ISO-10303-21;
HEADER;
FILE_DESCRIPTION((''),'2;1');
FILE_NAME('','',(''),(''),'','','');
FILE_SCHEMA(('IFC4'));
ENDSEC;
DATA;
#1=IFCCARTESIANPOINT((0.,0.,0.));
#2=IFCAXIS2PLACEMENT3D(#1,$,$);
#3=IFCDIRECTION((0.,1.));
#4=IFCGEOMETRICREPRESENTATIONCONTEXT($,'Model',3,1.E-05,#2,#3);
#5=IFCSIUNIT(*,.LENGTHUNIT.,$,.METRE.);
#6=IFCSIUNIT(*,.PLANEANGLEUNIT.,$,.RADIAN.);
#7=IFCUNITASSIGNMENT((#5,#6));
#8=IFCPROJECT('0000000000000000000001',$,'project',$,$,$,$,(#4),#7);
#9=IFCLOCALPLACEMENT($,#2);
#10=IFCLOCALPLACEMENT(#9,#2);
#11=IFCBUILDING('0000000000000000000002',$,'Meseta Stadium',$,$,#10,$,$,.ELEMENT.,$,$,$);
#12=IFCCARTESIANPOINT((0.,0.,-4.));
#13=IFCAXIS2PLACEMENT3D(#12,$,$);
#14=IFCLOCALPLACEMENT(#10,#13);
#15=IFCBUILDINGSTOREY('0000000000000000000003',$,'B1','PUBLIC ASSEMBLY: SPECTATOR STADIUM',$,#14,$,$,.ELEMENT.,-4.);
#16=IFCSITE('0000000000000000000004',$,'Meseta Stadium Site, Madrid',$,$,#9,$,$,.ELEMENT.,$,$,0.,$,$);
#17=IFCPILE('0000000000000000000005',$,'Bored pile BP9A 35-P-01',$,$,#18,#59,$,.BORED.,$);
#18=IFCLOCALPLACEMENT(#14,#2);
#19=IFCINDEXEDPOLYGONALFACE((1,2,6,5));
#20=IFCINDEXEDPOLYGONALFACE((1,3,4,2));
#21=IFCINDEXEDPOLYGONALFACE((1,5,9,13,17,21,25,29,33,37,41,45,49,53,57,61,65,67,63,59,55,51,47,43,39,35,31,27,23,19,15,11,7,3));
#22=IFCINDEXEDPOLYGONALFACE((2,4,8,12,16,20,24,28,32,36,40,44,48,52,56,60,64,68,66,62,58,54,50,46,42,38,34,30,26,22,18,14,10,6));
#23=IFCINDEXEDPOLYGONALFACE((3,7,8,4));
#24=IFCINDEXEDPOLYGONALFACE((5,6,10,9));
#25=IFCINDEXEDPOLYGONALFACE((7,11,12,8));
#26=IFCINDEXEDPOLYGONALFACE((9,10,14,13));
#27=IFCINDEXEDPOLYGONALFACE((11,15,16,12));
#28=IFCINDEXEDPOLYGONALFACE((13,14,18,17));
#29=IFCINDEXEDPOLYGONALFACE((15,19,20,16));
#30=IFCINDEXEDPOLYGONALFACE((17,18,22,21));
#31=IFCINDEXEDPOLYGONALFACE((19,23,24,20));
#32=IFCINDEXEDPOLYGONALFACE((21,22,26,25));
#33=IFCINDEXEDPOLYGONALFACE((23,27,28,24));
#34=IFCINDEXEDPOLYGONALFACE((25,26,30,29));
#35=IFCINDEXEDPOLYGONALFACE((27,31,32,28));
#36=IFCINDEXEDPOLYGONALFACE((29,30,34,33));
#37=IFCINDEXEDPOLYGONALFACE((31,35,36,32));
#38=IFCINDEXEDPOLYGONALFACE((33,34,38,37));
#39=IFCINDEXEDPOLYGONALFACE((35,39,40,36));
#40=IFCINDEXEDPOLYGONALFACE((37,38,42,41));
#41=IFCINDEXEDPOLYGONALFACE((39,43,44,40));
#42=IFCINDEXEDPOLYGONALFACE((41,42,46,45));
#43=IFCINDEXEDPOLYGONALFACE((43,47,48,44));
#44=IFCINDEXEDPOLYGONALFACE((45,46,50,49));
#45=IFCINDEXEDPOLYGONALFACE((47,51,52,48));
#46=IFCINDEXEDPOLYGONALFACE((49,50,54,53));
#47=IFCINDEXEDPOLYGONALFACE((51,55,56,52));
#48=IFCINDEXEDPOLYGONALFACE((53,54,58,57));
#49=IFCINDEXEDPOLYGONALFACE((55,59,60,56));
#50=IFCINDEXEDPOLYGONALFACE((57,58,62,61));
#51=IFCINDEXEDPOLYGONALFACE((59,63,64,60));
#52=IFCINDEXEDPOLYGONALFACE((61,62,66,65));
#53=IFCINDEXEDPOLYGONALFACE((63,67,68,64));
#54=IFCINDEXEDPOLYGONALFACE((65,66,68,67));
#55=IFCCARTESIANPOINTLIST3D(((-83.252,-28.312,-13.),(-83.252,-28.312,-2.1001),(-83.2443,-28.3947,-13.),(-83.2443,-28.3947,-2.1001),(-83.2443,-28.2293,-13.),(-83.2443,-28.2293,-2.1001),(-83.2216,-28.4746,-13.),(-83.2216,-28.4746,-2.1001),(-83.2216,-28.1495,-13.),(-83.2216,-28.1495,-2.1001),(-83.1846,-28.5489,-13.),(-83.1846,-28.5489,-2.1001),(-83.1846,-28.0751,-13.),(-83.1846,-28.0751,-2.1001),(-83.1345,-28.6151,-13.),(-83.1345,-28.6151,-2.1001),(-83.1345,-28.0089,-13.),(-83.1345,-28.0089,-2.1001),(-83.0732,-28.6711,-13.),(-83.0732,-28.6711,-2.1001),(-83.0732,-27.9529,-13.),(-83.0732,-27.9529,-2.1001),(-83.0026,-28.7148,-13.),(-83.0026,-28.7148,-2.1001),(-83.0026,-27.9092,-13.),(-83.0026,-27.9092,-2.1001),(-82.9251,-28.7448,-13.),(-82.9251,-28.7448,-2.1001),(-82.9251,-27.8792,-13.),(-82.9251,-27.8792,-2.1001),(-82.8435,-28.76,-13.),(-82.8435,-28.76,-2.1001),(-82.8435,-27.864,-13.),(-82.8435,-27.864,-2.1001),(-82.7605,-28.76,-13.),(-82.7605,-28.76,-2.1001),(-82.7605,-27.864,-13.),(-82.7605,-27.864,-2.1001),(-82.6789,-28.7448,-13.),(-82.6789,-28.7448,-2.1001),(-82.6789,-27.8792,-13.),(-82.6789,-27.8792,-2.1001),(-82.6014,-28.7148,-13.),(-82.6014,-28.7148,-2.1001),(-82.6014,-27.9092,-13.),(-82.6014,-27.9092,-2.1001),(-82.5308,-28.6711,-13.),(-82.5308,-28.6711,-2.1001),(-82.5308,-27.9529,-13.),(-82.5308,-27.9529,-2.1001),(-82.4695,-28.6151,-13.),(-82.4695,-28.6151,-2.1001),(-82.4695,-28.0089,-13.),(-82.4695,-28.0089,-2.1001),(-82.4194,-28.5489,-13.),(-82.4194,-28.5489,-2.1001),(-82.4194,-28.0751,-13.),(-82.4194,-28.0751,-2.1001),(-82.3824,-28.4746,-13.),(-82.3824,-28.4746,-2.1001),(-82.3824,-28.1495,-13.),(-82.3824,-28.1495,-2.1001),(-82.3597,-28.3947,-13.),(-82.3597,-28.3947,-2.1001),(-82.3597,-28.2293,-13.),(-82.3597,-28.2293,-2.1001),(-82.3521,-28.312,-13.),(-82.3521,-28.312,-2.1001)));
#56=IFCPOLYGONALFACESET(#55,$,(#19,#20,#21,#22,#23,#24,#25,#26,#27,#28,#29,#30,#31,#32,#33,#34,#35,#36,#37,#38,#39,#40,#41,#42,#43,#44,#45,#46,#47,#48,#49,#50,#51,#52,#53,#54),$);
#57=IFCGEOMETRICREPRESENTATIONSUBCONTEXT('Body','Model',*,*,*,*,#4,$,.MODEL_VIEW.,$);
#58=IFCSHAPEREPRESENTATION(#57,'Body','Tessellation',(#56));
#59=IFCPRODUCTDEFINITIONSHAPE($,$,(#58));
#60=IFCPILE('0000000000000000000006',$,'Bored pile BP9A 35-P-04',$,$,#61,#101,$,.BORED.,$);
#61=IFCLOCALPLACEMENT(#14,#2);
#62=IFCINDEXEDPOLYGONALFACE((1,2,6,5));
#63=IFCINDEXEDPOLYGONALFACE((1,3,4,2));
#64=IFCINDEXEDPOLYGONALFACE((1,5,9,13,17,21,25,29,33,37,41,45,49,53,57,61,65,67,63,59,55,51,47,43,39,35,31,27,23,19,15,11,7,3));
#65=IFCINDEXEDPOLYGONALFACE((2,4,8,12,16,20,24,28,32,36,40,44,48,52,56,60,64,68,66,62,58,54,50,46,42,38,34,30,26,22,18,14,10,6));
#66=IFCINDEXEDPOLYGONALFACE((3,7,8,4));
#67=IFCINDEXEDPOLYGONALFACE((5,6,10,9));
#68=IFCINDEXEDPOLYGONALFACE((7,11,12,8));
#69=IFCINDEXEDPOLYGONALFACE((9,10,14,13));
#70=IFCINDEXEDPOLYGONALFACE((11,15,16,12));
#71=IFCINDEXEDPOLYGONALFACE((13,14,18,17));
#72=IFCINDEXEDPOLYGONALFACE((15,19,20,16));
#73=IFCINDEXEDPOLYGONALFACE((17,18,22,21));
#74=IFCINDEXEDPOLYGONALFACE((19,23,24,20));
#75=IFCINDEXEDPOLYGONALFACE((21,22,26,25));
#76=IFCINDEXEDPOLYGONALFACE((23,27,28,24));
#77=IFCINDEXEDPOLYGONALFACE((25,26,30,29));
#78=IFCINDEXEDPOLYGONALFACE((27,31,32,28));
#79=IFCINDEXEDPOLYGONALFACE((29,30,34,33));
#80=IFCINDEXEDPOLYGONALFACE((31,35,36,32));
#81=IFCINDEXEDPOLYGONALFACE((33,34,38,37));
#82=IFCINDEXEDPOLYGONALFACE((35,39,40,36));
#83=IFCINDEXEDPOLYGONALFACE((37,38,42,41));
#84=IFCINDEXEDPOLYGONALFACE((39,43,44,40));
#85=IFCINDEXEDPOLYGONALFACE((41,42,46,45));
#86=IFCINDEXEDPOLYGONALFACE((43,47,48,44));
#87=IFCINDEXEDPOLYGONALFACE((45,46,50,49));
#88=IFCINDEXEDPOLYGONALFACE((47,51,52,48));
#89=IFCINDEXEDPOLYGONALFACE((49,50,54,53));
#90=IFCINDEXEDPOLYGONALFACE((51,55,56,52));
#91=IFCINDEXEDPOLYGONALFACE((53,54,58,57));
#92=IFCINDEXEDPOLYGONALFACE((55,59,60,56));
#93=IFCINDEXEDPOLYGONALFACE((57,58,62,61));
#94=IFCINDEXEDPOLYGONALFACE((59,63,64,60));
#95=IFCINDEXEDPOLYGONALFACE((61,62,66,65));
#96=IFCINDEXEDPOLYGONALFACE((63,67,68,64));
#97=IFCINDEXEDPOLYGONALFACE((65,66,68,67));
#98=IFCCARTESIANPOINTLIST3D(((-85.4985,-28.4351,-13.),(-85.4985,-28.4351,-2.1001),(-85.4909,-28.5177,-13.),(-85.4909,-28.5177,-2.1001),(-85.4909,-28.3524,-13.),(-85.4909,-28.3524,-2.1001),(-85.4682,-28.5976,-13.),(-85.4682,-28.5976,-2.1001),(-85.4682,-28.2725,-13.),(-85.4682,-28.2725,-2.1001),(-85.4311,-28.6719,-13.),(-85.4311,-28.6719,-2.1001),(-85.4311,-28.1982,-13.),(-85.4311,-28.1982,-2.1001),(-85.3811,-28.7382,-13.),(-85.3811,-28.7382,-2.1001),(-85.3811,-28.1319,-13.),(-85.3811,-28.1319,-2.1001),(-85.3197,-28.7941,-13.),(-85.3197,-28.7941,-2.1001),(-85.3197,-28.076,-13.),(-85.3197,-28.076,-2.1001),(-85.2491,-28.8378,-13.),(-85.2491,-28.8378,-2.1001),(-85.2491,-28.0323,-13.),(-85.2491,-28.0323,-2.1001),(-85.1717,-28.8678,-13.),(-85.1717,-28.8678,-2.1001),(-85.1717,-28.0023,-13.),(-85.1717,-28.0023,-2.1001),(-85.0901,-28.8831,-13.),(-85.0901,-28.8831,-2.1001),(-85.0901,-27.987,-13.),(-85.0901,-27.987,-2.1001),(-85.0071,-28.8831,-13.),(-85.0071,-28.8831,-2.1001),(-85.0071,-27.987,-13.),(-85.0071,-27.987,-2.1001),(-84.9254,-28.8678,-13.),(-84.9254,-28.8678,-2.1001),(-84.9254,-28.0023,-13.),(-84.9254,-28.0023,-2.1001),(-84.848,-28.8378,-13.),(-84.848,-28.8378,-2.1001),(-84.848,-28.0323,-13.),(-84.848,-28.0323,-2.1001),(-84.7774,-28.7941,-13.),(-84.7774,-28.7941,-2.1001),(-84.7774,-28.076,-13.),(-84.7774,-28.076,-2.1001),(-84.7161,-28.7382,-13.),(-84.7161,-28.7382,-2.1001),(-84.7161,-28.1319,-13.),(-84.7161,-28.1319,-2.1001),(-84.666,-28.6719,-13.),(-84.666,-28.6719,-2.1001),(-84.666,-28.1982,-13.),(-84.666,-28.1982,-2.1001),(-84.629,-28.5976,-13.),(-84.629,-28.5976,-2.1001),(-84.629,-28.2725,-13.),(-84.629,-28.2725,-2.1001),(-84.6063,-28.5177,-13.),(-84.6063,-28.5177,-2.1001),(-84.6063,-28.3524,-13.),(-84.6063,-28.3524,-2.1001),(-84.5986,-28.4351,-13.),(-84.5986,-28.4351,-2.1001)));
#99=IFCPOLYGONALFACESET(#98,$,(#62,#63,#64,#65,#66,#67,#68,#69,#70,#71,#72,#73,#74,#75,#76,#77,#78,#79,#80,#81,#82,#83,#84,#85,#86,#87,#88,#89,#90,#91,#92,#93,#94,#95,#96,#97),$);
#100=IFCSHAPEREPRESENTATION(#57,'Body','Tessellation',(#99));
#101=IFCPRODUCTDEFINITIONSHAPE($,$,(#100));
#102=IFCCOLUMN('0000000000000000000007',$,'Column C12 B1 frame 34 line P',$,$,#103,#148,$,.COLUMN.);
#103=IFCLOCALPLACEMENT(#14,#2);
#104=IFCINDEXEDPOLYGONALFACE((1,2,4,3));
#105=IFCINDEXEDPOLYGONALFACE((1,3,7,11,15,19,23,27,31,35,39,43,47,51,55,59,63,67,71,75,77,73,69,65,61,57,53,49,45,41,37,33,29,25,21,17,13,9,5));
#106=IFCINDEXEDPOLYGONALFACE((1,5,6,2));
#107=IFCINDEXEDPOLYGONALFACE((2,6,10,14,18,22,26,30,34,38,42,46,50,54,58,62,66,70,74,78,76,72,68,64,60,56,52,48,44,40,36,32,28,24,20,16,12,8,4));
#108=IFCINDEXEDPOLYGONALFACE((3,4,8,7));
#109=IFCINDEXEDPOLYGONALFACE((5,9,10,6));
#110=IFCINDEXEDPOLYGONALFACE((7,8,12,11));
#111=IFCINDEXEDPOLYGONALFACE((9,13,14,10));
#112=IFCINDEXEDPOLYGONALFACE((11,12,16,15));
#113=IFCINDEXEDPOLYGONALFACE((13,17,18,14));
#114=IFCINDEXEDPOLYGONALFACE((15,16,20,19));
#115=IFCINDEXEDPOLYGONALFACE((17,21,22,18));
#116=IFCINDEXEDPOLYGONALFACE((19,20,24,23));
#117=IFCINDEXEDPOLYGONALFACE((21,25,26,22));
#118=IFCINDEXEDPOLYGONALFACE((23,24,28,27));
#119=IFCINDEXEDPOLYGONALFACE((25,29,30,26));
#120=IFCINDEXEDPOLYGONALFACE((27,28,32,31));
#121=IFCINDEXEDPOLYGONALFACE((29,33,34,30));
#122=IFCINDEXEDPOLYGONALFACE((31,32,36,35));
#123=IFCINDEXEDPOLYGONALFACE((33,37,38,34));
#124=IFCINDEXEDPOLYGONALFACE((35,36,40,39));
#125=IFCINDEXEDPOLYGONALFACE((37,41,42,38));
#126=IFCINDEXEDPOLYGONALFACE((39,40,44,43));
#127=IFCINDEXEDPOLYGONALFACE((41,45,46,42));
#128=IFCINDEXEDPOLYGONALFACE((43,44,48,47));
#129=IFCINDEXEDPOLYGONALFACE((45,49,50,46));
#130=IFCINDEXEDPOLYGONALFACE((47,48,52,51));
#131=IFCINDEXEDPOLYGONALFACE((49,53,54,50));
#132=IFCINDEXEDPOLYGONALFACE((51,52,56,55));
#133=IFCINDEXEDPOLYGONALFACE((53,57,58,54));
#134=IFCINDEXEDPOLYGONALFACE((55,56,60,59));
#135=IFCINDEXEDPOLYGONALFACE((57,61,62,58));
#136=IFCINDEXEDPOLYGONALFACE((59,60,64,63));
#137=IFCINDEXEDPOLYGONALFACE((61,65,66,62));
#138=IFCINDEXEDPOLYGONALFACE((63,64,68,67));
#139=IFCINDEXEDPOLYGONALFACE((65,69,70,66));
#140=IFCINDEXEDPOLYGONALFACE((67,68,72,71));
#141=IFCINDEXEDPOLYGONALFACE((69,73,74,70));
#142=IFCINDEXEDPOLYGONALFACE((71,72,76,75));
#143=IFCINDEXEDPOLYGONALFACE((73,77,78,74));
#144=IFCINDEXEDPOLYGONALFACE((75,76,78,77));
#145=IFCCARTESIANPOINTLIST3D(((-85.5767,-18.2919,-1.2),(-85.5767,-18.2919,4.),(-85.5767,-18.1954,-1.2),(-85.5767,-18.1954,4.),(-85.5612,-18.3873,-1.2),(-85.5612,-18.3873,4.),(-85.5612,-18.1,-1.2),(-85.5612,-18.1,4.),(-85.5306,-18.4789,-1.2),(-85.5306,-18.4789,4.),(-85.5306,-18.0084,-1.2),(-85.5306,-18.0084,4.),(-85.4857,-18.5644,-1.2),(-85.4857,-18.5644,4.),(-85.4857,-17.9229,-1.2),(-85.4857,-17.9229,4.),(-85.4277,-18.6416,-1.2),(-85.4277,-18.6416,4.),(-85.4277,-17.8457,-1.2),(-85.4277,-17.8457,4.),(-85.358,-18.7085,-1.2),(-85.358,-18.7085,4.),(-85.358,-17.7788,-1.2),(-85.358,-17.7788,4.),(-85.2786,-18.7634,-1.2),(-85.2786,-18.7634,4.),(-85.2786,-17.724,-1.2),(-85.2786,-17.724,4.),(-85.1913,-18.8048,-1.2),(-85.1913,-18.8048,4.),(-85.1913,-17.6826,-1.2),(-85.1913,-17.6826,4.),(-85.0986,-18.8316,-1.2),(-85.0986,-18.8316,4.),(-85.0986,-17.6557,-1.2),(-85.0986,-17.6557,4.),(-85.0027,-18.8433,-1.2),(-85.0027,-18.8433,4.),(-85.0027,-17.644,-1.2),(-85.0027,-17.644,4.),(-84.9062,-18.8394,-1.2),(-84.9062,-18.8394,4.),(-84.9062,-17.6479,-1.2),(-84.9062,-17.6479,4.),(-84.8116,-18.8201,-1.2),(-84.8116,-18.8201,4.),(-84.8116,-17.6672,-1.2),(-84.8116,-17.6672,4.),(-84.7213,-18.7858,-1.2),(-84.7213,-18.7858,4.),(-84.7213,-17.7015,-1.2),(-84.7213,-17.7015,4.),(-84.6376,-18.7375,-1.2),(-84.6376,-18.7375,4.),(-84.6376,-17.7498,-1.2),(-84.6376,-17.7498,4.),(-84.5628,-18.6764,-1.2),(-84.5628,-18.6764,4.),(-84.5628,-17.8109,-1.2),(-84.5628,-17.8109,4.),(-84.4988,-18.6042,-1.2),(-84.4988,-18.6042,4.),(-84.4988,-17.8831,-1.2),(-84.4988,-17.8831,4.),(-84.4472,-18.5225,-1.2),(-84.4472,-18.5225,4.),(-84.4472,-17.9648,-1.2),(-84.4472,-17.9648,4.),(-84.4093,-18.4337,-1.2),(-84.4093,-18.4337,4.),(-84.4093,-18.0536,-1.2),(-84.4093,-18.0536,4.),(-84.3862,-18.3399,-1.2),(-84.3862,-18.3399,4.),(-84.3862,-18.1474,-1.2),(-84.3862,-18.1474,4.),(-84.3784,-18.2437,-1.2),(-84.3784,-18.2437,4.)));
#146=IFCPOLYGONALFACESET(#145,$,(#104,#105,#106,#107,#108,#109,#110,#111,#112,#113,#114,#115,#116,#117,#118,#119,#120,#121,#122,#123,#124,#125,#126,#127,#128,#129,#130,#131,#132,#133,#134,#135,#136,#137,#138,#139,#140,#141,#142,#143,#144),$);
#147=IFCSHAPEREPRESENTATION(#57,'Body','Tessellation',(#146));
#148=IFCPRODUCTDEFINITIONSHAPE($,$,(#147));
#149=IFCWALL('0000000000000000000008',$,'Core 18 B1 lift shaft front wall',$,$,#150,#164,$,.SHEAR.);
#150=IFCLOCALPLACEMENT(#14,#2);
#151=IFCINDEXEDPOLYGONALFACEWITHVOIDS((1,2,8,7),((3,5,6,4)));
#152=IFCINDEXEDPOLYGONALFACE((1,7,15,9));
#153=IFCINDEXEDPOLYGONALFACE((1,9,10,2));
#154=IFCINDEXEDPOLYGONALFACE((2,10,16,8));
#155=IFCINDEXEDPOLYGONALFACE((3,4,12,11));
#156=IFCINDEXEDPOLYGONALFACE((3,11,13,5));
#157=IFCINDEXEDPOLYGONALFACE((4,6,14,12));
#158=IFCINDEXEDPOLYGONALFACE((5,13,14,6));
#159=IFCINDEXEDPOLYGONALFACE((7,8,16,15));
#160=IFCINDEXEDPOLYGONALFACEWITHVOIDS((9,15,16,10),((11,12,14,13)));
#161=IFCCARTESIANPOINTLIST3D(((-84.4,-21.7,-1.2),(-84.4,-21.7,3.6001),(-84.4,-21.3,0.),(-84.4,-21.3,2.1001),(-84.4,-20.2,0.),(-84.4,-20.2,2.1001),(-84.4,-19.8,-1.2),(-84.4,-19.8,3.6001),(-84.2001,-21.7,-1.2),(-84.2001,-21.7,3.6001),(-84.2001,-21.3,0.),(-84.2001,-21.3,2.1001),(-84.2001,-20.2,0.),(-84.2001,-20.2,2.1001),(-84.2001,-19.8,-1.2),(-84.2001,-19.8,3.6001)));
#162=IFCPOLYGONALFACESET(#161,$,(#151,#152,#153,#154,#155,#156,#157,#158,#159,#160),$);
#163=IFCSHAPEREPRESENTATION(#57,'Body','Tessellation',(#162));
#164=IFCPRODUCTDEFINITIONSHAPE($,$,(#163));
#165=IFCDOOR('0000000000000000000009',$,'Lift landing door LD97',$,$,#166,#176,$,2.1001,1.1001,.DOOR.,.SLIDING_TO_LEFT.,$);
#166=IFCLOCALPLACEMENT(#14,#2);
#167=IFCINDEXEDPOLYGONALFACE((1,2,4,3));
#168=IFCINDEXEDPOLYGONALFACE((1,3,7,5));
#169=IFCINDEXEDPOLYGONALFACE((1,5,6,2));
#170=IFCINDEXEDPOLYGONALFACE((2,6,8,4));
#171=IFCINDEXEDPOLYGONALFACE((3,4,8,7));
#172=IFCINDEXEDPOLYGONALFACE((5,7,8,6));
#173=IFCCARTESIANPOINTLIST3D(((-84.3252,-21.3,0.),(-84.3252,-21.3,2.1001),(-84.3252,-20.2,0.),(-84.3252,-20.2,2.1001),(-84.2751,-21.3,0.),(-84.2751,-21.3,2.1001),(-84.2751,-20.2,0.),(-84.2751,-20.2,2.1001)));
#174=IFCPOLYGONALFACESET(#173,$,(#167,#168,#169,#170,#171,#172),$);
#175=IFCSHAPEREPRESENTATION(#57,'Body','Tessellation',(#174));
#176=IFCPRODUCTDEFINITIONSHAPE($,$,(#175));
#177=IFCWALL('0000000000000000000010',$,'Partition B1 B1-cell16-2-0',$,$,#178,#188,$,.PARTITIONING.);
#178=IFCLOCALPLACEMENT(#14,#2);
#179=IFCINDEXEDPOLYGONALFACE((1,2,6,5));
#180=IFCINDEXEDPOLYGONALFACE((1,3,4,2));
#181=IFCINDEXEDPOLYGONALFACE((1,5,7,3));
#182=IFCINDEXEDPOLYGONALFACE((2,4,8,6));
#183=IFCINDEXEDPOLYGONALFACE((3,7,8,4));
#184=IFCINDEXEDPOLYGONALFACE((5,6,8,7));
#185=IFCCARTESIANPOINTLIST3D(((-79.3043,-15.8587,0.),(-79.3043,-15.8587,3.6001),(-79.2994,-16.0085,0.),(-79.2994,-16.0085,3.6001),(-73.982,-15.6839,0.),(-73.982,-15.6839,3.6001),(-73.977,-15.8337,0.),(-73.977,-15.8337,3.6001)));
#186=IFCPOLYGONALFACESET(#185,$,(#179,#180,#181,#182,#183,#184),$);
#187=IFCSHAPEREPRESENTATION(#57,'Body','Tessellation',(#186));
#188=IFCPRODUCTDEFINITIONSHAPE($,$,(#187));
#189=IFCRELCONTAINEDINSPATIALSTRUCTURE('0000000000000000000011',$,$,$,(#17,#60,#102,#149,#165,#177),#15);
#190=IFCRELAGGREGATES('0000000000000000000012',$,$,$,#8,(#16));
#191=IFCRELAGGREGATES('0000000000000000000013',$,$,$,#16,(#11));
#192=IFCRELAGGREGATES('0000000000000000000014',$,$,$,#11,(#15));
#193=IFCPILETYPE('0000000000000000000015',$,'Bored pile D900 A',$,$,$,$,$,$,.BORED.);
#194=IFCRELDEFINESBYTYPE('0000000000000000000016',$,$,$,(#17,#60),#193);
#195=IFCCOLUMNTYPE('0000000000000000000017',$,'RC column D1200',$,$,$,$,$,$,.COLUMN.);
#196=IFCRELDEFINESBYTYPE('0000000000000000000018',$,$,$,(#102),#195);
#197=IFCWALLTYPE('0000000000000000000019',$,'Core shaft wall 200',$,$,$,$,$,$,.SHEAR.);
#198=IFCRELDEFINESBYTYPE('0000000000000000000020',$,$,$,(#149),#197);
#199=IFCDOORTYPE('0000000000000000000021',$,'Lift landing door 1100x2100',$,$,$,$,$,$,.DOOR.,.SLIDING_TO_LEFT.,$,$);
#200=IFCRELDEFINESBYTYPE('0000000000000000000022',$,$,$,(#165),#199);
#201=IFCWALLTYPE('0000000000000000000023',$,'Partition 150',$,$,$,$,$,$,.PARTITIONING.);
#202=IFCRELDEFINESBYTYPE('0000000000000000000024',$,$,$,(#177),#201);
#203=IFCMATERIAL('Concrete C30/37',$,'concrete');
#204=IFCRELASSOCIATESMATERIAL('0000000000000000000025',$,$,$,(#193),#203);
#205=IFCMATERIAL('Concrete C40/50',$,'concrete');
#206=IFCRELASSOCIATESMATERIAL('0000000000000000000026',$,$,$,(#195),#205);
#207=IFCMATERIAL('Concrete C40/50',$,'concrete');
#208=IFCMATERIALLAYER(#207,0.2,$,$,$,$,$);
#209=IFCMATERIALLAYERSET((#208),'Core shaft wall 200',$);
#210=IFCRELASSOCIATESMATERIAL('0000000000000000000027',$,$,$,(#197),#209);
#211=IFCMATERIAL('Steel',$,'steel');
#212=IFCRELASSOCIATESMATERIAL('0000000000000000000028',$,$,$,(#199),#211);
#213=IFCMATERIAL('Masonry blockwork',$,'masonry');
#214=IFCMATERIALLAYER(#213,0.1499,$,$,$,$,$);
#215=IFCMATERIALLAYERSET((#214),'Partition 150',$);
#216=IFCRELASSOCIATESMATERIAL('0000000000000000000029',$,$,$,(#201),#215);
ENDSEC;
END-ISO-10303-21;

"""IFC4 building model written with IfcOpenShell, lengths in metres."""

from ifc_helpers import new_model, si_unit, direction, frame, frame_2d, origin, origin_2d, place, context, subcontext, project, spatial, rectangle, circle, extrude, material, layer, layer_set, material_profile, profile_set, type_object, element, fill, save


model = new_model("IFC4")

# Units and contexts
model_context = context("Model", 3, precision=1e-05, world=origin(), true_north=direction((0.0, 1.0)))
body_context = subcontext(model_context, "Body", "Model", "MODEL_VIEW")
ifc_project = project(units=[si_unit("LENGTHUNIT", "METRE"), si_unit("PLANEANGLEUNIT", "RADIAN")], contexts=[model_context])

# Site, building, storey
site_placement = place(None, origin())
site = spatial("IfcSite", under=ifc_project, at=site_placement, Name="Meseta Stadium Site, Madrid", CompositionType="ELEMENT", RefElevation=0.0)
building_placement = place(site_placement, origin())
building = spatial("IfcBuilding", under=site, at=building_placement, Name="Meseta Stadium", CompositionType="ELEMENT")
storey_placement = place(building_placement, frame((0.0, 0.0, -4.0)))
storey = spatial("IfcBuildingStorey", under=building, at=storey_placement, Name="B1", Description="PUBLIC ASSEMBLY: SPECTATOR STADIUM", CompositionType="ELEMENT", Elevation=-4.0)

# Piles
ifc_material_1 = material(Name="Concrete C30/37", Category="concrete")
ifc_material_profile_1 = material_profile(ifc_material_1, circle(Radius=0.45, at=origin_2d()), Name="D900")
ifc_profile_set_1 = profile_set([ifc_material_profile_1], Name="Concrete C30/37")
pile_type = type_object("IfcPileType", Name="Bored pile D900 A", PredefinedType="BORED", material=ifc_profile_set_1)
for number, where, z_axis, x_axis, name in (
    (1, (-82.802, -28.312, -2.1001), (0.0, 0.0, -1.0), (1.0, 0.0, 0.0), "Bored pile BP9A 35-P-01"),
    (2, (-85.0486, -28.4351, -2.1001), (0.0, 0.0, -1.0), (1.0, 0.0, 0.0), "Bored pile BP9A 35-P-04"),
):
    element("IfcPile", number, at=place(storey_placement, frame(where, z_axis=z_axis, x_axis=x_axis)), inside=storey, type_object=pile_type, Name=name, PredefinedType="BORED", context=body_context, shape_type="SweptSolid", body=[
        extrude(circle(Radius=0.45, at=origin_2d()), origin(), (0.0, 0.0, 1.0), 10.8999),
    ])

# Column
ifc_material_2 = material(Name="Concrete C40/50", Category="concrete")
ifc_material_profile_2 = material_profile(ifc_material_2, circle(Radius=0.6001, at=origin_2d()), Name="RC D1200")
ifc_profile_set_2 = profile_set([ifc_material_profile_2], Name="Concrete C40/50")
column_type = type_object("IfcColumnType", Name="RC column D1200", PredefinedType="COLUMN", material=ifc_profile_set_2)
column_placement = place(storey_placement, frame((-84.9785, -18.2437, -1.2), z_axis=(0.0, 0.0, 1.0), x_axis=(1.0, 0.0, 0.0)))
element("IfcColumn", 3, at=column_placement, inside=storey, type_object=column_type, Name="Column C12 B1 frame 34 line P", PredefinedType="COLUMN", context=body_context, shape_type="SweptSolid", body=[
    extrude(circle(Radius=0.6001, at=origin_2d()), origin(), (0.0, 0.0, 1.0), 5.2),
])

# Wall, opening, door
ifc_material_3 = material(Name="Concrete C40/50", Category="concrete")
ifc_layer_1 = layer(ifc_material_3, 0.2)
ifc_layer_set_1 = layer_set([ifc_layer_1], Name="Core shaft wall 200")
wall_type_1 = type_object("IfcWallType", Name="Core shaft wall 200", PredefinedType="SHEAR", material=ifc_layer_set_1)
wall_1_placement = place(storey_placement, frame((-84.3, -19.8, -1.2), z_axis=(0.0, 0.0, 1.0), x_axis=(0.0, -1.0, 0.0)))
wall_1 = element("IfcWall", 4, at=wall_1_placement, inside=storey, type_object=wall_type_1, Name="Core 18 B1 lift shaft front wall", PredefinedType="SHEAR", context=body_context, shape_type="SweptSolid", body=[
    extrude(rectangle(XDim=1.8999, YDim=0.2, at=frame_2d((0.95, 0.0))), origin(), (0.0, 0.0, 1.0), 4.8),
])
opening_1_placement = place(wall_1_placement, frame((0.3999, 0.0, 1.2)))
opening_1 = element("IfcOpeningElement", 5, at=opening_1_placement, cuts=wall_1, PredefinedType="OPENING", context=body_context, shape_type="SweptSolid", body=[
    extrude(rectangle(XDim=1.1001, YDim=2.1001, at=frame_2d((0.55, 1.05))), frame((0.0, 0.1099, 0.0), z_axis=(0.0, -1.0, 0.0), x_axis=(1.0, 0.0, 0.0)), (0.0, 0.0, 1.0), 0.22),
])
ifc_material_4 = material(Name="Steel", Category="steel")
door_type_1 = type_object("IfcDoorType", Name="Lift landing door 1100x2100", OperationType="SLIDING_TO_LEFT", PredefinedType="DOOR", material=ifc_material_4)
door_1_placement = place(opening_1_placement, origin())
door_1 = element("IfcDoor", 6, at=door_1_placement, inside=storey, type_object=door_type_1, Name="Lift landing door LD97", OperationType="SLIDING_TO_LEFT", OverallHeight=2.1001, OverallWidth=1.1001, PredefinedType="DOOR", context=body_context, shape_type="SweptSolid", body=[
    extrude(rectangle(XDim=1.1001, YDim=2.1001, at=frame_2d((0.55, 1.05))), frame((0.0, 0.0249, 0.0), z_axis=(0.0, -1.0, 0.0), x_axis=(1.0, 0.0, 0.0)), (0.0, 0.0, 1.0), 0.05),
])
fill(opening_1, door_1)

# Wall
ifc_material_5 = material(Name="Masonry blockwork", Category="masonry")
ifc_layer_2 = layer(ifc_material_5, 0.1499)
ifc_layer_set_2 = layer_set([ifc_layer_2], Name="Partition 150")
wall_type_2 = type_object("IfcWallType", Name="Partition 150", PredefinedType="PARTITIONING", material=ifc_layer_set_2)
wall_2_placement = place(storey_placement, frame((-73.9795, -15.7588, 0.0), z_axis=(0.0, 0.0, 1.0), x_axis=(-0.999461, -0.032826, 0.0)))
element("IfcWall", 7, at=wall_2_placement, inside=storey, type_object=wall_type_2, Name="Partition B1 B1-cell16-2-0", PredefinedType="PARTITIONING", context=body_context, shape_type="SweptSolid", body=[
    extrude(rectangle(XDim=5.3252, YDim=0.1499, at=frame_2d((2.6626, 0.0))), origin(), (0.0, 0.0, 1.0), 3.6001),
])

save(model, "model.ifc")
